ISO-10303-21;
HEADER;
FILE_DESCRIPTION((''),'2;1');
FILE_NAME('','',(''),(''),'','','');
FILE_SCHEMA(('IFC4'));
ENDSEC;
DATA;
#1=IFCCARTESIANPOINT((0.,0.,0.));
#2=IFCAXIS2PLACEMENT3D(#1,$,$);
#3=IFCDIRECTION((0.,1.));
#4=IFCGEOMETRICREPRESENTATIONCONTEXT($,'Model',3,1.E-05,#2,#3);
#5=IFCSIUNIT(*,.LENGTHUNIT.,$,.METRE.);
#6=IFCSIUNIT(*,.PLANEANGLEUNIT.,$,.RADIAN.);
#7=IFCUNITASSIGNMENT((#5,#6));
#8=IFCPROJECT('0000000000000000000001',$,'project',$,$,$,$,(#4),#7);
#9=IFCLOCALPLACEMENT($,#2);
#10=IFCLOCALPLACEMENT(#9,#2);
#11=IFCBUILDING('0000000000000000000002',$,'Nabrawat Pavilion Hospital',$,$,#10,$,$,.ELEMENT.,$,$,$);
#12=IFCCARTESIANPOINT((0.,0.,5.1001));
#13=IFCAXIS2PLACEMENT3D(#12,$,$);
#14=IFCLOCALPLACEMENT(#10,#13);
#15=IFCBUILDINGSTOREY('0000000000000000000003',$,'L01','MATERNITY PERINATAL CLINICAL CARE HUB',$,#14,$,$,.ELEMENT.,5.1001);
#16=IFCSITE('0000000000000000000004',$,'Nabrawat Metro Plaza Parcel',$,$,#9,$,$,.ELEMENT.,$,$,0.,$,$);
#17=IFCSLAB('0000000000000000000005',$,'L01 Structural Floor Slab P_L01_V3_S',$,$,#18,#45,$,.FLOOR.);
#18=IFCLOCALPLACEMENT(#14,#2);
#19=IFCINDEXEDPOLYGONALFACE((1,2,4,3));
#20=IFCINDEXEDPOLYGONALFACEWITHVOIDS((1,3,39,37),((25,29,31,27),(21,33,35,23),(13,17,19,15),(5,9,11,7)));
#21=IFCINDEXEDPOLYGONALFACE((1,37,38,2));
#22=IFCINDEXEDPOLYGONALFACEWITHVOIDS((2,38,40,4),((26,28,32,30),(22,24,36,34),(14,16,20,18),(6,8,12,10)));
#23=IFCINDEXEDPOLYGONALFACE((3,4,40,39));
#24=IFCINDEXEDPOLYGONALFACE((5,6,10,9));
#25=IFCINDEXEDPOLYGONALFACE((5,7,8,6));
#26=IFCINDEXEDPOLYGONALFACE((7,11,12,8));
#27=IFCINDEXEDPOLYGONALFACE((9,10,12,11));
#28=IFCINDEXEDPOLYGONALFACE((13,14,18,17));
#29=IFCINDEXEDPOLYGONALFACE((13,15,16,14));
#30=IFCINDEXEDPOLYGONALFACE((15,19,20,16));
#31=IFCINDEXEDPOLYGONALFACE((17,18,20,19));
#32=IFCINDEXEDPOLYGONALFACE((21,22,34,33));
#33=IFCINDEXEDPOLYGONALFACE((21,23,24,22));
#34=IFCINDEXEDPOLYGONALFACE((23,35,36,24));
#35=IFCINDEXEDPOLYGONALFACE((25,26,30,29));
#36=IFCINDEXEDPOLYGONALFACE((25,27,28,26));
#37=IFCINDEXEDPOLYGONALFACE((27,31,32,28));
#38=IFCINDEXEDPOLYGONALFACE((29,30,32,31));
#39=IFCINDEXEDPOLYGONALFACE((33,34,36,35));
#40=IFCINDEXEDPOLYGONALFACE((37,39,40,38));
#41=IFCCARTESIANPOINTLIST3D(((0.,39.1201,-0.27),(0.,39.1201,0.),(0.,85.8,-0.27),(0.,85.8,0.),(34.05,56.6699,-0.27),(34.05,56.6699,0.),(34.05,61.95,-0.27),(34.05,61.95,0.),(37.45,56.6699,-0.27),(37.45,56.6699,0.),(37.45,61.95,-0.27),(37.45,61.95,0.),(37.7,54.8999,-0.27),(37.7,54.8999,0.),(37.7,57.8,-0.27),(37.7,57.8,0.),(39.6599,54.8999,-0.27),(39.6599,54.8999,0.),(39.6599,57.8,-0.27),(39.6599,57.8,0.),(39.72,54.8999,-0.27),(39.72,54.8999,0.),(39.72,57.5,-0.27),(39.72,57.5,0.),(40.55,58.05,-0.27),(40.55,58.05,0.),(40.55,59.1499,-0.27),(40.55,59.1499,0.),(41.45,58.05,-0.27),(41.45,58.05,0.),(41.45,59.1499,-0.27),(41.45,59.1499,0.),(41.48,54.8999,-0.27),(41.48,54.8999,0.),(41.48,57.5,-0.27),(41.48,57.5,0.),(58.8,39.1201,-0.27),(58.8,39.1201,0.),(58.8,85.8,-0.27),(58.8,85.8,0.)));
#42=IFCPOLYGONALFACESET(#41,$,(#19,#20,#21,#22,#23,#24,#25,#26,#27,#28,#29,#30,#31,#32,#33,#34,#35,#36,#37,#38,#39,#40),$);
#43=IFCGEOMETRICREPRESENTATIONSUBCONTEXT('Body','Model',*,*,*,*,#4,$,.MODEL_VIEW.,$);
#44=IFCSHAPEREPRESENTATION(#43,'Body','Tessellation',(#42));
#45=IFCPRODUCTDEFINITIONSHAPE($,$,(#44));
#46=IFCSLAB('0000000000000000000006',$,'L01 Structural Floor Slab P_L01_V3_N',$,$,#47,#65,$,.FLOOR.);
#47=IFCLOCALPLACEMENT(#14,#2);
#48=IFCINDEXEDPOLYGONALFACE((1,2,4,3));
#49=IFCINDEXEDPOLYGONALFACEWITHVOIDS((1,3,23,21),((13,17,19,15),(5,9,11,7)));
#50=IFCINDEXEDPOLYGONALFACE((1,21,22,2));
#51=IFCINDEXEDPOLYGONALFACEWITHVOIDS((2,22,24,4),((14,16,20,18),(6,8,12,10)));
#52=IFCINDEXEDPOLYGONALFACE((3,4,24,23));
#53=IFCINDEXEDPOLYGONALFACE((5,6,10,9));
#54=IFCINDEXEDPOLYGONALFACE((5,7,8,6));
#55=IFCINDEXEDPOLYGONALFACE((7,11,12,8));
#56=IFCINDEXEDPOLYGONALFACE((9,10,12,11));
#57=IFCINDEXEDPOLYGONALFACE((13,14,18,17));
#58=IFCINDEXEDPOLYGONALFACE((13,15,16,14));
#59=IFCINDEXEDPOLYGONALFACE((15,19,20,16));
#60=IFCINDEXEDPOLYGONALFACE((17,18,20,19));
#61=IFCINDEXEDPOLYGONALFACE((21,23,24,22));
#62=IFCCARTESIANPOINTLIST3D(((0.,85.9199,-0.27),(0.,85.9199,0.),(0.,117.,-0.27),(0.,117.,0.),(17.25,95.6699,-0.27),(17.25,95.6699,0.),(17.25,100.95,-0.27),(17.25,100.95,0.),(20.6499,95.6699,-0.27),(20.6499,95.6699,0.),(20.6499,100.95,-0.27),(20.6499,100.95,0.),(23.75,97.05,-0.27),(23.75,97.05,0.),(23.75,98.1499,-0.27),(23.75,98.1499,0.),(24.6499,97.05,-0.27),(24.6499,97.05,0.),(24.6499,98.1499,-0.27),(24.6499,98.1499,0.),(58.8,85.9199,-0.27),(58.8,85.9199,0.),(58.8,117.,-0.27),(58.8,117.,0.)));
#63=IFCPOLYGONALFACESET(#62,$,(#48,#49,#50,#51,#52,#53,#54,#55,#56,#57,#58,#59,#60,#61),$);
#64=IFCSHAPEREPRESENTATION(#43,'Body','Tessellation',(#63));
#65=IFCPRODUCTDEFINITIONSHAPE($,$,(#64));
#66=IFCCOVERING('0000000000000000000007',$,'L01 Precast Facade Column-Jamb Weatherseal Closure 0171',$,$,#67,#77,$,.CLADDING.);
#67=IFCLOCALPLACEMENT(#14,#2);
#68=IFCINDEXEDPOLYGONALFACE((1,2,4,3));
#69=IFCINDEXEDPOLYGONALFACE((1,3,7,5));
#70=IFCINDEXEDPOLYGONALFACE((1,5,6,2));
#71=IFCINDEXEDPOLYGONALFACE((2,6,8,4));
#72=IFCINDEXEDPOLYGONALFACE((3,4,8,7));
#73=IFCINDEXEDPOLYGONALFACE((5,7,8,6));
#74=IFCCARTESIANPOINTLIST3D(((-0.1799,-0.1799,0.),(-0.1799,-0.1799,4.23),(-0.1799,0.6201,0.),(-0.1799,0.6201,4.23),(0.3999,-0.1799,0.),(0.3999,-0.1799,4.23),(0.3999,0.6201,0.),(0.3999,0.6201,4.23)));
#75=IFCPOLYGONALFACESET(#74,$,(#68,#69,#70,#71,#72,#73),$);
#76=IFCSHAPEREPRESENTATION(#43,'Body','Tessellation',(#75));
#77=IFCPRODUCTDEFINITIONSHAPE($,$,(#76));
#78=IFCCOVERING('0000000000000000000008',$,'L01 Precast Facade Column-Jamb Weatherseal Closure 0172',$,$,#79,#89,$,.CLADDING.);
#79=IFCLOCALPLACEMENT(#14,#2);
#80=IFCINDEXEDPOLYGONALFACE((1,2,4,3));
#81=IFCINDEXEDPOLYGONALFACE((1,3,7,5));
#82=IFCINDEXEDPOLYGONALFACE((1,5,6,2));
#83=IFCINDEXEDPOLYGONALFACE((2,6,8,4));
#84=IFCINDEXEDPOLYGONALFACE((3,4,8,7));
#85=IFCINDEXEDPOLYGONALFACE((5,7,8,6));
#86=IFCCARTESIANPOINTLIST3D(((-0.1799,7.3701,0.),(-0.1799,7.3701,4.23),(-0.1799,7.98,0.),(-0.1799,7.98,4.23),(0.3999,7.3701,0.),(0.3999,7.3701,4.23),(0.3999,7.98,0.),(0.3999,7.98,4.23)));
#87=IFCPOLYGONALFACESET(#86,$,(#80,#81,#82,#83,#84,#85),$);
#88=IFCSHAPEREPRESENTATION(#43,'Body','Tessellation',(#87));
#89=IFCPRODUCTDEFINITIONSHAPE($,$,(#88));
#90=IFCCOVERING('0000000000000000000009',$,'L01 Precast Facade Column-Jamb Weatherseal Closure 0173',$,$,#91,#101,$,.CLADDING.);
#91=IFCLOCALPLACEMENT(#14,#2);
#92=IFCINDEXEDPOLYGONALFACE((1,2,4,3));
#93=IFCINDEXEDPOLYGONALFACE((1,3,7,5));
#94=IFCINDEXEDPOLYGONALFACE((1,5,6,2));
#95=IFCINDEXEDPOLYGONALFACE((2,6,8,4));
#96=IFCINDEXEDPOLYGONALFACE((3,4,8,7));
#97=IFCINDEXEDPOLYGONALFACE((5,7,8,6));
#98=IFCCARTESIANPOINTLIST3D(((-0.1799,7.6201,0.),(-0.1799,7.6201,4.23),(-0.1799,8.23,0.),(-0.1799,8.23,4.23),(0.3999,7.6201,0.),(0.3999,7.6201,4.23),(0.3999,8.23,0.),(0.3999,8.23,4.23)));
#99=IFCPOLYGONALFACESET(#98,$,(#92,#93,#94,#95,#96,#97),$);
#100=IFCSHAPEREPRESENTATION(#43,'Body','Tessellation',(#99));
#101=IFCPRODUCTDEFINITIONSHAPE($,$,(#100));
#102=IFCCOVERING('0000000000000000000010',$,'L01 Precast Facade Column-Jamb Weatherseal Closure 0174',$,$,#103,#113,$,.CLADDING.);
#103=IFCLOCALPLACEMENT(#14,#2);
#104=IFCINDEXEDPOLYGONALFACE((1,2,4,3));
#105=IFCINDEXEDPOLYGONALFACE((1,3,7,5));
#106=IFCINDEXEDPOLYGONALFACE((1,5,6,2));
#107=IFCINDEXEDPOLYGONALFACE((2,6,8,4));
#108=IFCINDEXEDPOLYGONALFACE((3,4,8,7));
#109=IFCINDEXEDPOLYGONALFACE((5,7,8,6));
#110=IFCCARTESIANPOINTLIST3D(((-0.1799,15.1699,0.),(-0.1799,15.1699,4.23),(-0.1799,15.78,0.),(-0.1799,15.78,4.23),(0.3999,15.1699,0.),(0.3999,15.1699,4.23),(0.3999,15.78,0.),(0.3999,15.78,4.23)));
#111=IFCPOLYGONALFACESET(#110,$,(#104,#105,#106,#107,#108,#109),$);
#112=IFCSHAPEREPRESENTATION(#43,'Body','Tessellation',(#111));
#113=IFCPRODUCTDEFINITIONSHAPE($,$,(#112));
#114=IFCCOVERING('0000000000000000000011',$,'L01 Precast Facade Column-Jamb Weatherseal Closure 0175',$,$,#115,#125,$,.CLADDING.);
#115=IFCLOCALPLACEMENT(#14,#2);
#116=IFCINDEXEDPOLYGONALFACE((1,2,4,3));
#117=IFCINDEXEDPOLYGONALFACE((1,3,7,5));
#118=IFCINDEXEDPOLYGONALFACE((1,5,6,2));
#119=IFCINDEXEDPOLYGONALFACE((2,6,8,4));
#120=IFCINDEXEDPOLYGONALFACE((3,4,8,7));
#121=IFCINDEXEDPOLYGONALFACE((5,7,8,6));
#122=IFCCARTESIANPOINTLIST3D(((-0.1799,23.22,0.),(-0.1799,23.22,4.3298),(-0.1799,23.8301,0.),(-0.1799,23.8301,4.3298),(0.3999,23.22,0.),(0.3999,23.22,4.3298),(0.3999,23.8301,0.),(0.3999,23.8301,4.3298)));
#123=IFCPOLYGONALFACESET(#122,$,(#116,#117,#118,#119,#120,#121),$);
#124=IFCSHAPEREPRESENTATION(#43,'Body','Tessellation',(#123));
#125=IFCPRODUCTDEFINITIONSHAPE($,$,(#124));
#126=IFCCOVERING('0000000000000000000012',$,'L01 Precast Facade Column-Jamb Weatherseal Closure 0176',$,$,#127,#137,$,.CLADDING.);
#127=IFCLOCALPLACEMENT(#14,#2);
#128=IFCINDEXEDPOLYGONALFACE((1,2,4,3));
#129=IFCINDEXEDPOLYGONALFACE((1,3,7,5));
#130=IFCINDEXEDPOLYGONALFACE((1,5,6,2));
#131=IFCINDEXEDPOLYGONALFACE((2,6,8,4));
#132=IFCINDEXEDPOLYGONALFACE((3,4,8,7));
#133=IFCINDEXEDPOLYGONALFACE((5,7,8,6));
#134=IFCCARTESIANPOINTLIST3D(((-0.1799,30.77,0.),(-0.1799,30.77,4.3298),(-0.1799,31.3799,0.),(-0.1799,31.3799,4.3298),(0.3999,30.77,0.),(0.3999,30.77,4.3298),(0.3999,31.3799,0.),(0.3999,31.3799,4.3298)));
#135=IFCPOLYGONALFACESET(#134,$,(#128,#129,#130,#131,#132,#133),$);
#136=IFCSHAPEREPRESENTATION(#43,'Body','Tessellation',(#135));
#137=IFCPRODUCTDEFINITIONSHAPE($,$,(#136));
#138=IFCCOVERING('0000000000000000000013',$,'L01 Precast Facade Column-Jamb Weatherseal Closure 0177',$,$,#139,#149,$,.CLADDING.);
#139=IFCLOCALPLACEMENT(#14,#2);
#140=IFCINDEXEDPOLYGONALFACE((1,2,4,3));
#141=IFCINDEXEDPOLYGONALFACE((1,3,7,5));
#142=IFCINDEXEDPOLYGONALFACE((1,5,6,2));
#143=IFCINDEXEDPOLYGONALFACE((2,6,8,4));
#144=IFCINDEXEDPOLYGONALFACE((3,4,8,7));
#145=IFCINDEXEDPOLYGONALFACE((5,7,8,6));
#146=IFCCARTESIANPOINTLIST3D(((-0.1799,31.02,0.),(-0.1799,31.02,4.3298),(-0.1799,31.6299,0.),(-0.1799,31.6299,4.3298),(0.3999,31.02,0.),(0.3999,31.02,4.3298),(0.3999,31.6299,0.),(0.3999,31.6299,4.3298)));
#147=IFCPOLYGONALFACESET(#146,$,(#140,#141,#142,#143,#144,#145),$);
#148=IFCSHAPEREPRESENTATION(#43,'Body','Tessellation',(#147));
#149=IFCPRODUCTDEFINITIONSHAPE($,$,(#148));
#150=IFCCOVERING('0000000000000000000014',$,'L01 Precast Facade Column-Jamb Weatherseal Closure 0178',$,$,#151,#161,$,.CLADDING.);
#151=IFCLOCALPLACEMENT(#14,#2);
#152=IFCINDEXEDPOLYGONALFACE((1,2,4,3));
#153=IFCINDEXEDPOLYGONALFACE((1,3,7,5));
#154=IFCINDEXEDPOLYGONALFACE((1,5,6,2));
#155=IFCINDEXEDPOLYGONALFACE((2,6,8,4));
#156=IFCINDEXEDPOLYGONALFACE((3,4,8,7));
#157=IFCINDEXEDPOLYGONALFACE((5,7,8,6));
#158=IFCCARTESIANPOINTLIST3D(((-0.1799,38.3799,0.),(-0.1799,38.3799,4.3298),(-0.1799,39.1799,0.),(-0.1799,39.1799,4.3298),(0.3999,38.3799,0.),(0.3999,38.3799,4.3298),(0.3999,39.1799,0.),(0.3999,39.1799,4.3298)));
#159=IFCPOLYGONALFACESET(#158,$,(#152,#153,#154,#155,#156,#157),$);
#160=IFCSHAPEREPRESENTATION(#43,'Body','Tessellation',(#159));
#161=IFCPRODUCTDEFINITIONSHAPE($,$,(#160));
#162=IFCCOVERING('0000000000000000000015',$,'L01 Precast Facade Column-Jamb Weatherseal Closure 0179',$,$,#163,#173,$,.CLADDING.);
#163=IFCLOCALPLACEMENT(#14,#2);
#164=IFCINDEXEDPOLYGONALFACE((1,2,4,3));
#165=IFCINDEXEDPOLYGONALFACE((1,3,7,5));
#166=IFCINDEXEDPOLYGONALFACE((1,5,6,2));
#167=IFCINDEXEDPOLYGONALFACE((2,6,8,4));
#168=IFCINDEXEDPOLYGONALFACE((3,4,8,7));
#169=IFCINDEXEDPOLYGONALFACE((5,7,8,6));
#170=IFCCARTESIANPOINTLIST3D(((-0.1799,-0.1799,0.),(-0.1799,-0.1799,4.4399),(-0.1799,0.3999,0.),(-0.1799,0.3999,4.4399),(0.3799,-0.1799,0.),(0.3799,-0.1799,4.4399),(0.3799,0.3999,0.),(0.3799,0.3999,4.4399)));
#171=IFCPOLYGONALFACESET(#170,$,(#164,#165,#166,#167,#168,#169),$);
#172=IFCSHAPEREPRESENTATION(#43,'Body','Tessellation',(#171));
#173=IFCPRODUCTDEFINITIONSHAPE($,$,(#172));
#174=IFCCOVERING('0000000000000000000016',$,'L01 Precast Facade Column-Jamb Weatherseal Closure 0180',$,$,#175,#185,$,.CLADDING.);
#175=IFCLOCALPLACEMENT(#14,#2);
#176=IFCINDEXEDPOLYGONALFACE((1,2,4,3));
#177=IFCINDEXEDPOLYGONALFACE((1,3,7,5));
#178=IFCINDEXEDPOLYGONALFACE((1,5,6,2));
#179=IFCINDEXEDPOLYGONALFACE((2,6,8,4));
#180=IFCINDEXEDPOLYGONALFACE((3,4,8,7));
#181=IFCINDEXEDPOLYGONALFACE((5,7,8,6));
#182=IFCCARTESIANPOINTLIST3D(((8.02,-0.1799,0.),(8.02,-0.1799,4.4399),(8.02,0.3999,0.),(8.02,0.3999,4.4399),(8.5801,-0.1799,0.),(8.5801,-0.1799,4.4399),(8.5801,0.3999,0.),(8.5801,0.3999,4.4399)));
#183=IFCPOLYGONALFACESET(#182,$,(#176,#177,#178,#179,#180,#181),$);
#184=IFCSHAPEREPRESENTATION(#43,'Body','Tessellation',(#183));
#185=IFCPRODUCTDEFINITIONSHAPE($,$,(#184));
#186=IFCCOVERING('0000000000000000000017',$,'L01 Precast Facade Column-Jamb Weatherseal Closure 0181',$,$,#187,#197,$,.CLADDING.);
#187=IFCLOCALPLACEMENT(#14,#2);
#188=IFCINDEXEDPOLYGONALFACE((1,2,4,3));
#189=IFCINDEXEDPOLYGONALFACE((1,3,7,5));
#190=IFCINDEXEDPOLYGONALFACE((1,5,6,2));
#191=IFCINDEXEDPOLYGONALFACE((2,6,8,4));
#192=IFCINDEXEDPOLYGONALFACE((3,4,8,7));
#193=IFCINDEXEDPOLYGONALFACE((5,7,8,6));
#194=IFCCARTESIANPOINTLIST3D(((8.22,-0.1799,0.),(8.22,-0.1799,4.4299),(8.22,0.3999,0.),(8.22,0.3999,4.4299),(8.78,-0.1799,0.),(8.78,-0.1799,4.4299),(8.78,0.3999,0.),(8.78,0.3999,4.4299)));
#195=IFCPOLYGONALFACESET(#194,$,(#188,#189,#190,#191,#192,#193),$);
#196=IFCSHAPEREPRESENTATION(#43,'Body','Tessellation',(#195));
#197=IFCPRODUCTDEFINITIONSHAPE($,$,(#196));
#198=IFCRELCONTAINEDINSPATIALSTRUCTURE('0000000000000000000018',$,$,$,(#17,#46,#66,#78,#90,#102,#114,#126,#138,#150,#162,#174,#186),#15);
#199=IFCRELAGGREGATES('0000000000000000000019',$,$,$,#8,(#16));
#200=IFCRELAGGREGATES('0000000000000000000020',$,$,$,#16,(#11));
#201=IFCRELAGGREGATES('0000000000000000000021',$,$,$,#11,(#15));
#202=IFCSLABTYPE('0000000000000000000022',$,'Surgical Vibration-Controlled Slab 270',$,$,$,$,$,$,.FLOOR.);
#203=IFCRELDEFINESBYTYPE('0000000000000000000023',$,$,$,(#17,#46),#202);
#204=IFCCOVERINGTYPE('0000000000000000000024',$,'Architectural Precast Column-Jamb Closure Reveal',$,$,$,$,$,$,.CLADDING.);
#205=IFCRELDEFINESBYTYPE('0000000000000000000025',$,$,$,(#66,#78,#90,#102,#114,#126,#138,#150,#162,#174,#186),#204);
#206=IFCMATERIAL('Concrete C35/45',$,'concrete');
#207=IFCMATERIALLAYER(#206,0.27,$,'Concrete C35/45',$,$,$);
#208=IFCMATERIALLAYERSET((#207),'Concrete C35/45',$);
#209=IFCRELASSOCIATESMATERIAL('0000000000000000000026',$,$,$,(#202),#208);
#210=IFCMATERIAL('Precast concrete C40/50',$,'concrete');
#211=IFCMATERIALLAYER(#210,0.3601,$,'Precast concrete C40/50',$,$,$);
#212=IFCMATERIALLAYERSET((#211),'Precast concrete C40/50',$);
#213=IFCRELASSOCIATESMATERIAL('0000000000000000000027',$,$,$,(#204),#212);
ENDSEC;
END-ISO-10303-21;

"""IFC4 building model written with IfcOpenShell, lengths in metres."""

from ifc_helpers import new_model, si_unit, direction, frame, origin, place, context, subcontext, project, spatial, polyline, outline, extrude, material, layer, layer_set, type_object, element, save


model = new_model("IFC4")

# Units and contexts
model_context = context("Model", 3, precision=1e-05, world=origin(), true_north=direction((0.0, 1.0)))
body_context = subcontext(model_context, "Body", "Model", "MODEL_VIEW")
ifc_project = project(units=[si_unit("LENGTHUNIT", "METRE"), si_unit("PLANEANGLEUNIT", "RADIAN")], contexts=[model_context])

# Site, building, storey
site_placement = place(None, origin())
site = spatial("IfcSite", under=ifc_project, at=site_placement, Name="Nabrawat Metro Plaza Parcel", CompositionType="ELEMENT", RefElevation=0.0)
building_placement = place(site_placement, origin())
building = spatial("IfcBuilding", under=site, at=building_placement, Name="Nabrawat Pavilion Hospital", CompositionType="ELEMENT")
storey_placement = place(building_placement, frame((0.0, 0.0, 5.1001)))
storey = spatial("IfcBuildingStorey", under=building, at=storey_placement, Name="L01", Description="MATERNITY PERINATAL CLINICAL CARE HUB", CompositionType="ELEMENT", Elevation=5.1001)

# Shared definitions
ifc_material_1 = material(Name="Precast concrete C40/50", Category="concrete")

# Slabs
ifc_material_2 = material(Name="Concrete C35/45", Category="concrete")
ifc_layer_1 = layer(ifc_material_2, 0.27, Name="Concrete C35/45")
ifc_layer_set_1 = layer_set([ifc_layer_1], Name="Concrete C35/45")
slab_type_1 = type_object("IfcSlabType", Name="Surgical Vibration-Controlled Slab 270", PredefinedType="FLOOR", material=ifc_layer_set_1)
slab_1_placement = place(storey_placement, frame((0.0, 0.0, -0.27)))
element("IfcSlab", 1, at=slab_1_placement, inside=storey, type_object=slab_type_1, Name="L01 Structural Floor Slab P_L01_V3_S", PredefinedType="FLOOR", context=body_context, shape_type="SweptSolid", body=[
    extrude(outline(polyline([(0.0, 39.1201), (58.8, 39.1201), (58.8, 85.8), (0.0, 85.8), (0.0, 39.1201)]), holes=[polyline([(39.72, 54.8999), (39.72, 57.5), (41.48, 57.5), (41.48, 54.8999), (39.72, 54.8999)]), polyline([(40.55, 58.05), (40.55, 59.1499), (41.45, 59.1499), (41.45, 58.05), (40.55, 58.05)]), polyline([(37.7, 54.8999), (37.7, 57.8), (39.6599, 57.8), (39.6599, 54.8999), (37.7, 54.8999)]), polyline([(37.45, 56.6699), (34.05, 56.6699), (34.05, 61.95), (37.45, 61.95), (37.45, 56.6699)])]), origin(), (0.0, 0.0, 1.0), 0.27),
])
slab_2_placement = place(storey_placement, frame((0.0, 0.0, -0.27)))
element("IfcSlab", 2, at=slab_2_placement, inside=storey, type_object=slab_type_1, Name="L01 Structural Floor Slab P_L01_V3_N", PredefinedType="FLOOR", context=body_context, shape_type="SweptSolid", body=[
    extrude(outline(polyline([(0.0, 85.9199), (58.8, 85.9199), (58.8, 117.0), (0.0, 117.0), (0.0, 85.9199)]), holes=[polyline([(24.6499, 98.1499), (24.6499, 97.05), (23.75, 97.05), (23.75, 98.1499), (24.6499, 98.1499)]), polyline([(17.25, 100.95), (20.6499, 100.95), (20.6499, 95.6699), (17.25, 95.6699), (17.25, 100.95)])]), origin(), (0.0, 0.0, 1.0), 0.27),
])

# Coverings
ifc_layer_2 = layer(ifc_material_1, 0.3601, Name="Precast concrete C40/50")
ifc_layer_set_2 = layer_set([ifc_layer_2], Name="Precast concrete C40/50")
covering_type = type_object("IfcCoveringType", Name="Architectural Precast Column-Jamb Closure Reveal", PredefinedType="CLADDING", material=ifc_layer_set_2)
covering_1_placement = place(storey_placement, origin())
element("IfcCovering", 3, at=covering_1_placement, inside=storey, type_object=covering_type, Name="L01 Precast Facade Column-Jamb Weatherseal Closure 0171", PredefinedType="CLADDING", context=body_context, shape_type="SweptSolid", body=[
    extrude(outline(polyline([(0.3999, -0.1799), (0.3999, 0.6201), (-0.1799, 0.6201), (-0.1799, -0.1799), (0.3999, -0.1799)])), origin(), (0.0, 0.0, 1.0), 4.23),
])
covering_2_placement = place(storey_placement, origin())
element("IfcCovering", 4, at=covering_2_placement, inside=storey, type_object=covering_type, Name="L01 Precast Facade Column-Jamb Weatherseal Closure 0172", PredefinedType="CLADDING", context=body_context, shape_type="SweptSolid", body=[
    extrude(outline(polyline([(0.3999, 7.3701), (0.3999, 7.98), (-0.1799, 7.98), (-0.1799, 7.3701), (0.3999, 7.3701)])), origin(), (0.0, 0.0, 1.0), 4.23),
])
covering_3_placement = place(storey_placement, origin())
element("IfcCovering", 5, at=covering_3_placement, inside=storey, type_object=covering_type, Name="L01 Precast Facade Column-Jamb Weatherseal Closure 0173", PredefinedType="CLADDING", context=body_context, shape_type="SweptSolid", body=[
    extrude(outline(polyline([(0.3999, 7.6201), (0.3999, 8.23), (-0.1799, 8.23), (-0.1799, 7.6201), (0.3999, 7.6201)])), origin(), (0.0, 0.0, 1.0), 4.23),
])
covering_4_placement = place(storey_placement, origin())
element("IfcCovering", 6, at=covering_4_placement, inside=storey, type_object=covering_type, Name="L01 Precast Facade Column-Jamb Weatherseal Closure 0174", PredefinedType="CLADDING", context=body_context, shape_type="SweptSolid", body=[
    extrude(outline(polyline([(0.3999, 15.1699), (0.3999, 15.78), (-0.1799, 15.78), (-0.1799, 15.1699), (0.3999, 15.1699)])), origin(), (0.0, 0.0, 1.0), 4.23),
])
covering_5_placement = place(storey_placement, origin())
element("IfcCovering", 7, at=covering_5_placement, inside=storey, type_object=covering_type, Name="L01 Precast Facade Column-Jamb Weatherseal Closure 0175", PredefinedType="CLADDING", context=body_context, shape_type="SweptSolid", body=[
    extrude(outline(polyline([(0.3999, 23.22), (0.3999, 23.8301), (-0.1799, 23.8301), (-0.1799, 23.22), (0.3999, 23.22)])), origin(), (0.0, 0.0, 1.0), 4.3298),
])
covering_6_placement = place(storey_placement, origin())
element("IfcCovering", 8, at=covering_6_placement, inside=storey, type_object=covering_type, Name="L01 Precast Facade Column-Jamb Weatherseal Closure 0176", PredefinedType="CLADDING", context=body_context, shape_type="SweptSolid", body=[
    extrude(outline(polyline([(0.3999, 30.77), (0.3999, 31.3799), (-0.1799, 31.3799), (-0.1799, 30.77), (0.3999, 30.77)])), origin(), (0.0, 0.0, 1.0), 4.3298),
])
covering_7_placement = place(storey_placement, origin())
element("IfcCovering", 9, at=covering_7_placement, inside=storey, type_object=covering_type, Name="L01 Precast Facade Column-Jamb Weatherseal Closure 0177", PredefinedType="CLADDING", context=body_context, shape_type="SweptSolid", body=[
    extrude(outline(polyline([(0.3999, 31.02), (0.3999, 31.6299), (-0.1799, 31.6299), (-0.1799, 31.02), (0.3999, 31.02)])), origin(), (0.0, 0.0, 1.0), 4.3298),
])
covering_8_placement = place(storey_placement, origin())
element("IfcCovering", 10, at=covering_8_placement, inside=storey, type_object=covering_type, Name="L01 Precast Facade Column-Jamb Weatherseal Closure 0178", PredefinedType="CLADDING", context=body_context, shape_type="SweptSolid", body=[
    extrude(outline(polyline([(0.3999, 38.3799), (0.3999, 39.1799), (-0.1799, 39.1799), (-0.1799, 38.3799), (0.3999, 38.3799)])), origin(), (0.0, 0.0, 1.0), 4.3298),
])
covering_9_placement = place(storey_placement, origin())
element("IfcCovering", 11, at=covering_9_placement, inside=storey, type_object=covering_type, Name="L01 Precast Facade Column-Jamb Weatherseal Closure 0179", PredefinedType="CLADDING", context=body_context, shape_type="SweptSolid", body=[
    extrude(outline(polyline([(0.3799, -0.1799), (0.3799, 0.3999), (-0.1799, 0.3999), (-0.1799, -0.1799), (0.3799, -0.1799)])), origin(), (0.0, 0.0, 1.0), 4.4399),
])
covering_10_placement = place(storey_placement, origin())
element("IfcCovering", 12, at=covering_10_placement, inside=storey, type_object=covering_type, Name="L01 Precast Facade Column-Jamb Weatherseal Closure 0180", PredefinedType="CLADDING", context=body_context, shape_type="SweptSolid", body=[
    extrude(outline(polyline([(8.5801, -0.1799), (8.5801, 0.3999), (8.02, 0.3999), (8.02, -0.1799), (8.5801, -0.1799)])), origin(), (0.0, 0.0, 1.0), 4.4399),
])
covering_11_placement = place(storey_placement, origin())
element("IfcCovering", 13, at=covering_11_placement, inside=storey, type_object=covering_type, Name="L01 Precast Facade Column-Jamb Weatherseal Closure 0181", PredefinedType="CLADDING", context=body_context, shape_type="SweptSolid", body=[
    extrude(outline(polyline([(8.78, -0.1799), (8.78, 0.3999), (8.22, 0.3999), (8.22, -0.1799), (8.78, -0.1799)])), origin(), (0.0, 0.0, 1.0), 4.4299),
])

save(model, "model.ifc")
